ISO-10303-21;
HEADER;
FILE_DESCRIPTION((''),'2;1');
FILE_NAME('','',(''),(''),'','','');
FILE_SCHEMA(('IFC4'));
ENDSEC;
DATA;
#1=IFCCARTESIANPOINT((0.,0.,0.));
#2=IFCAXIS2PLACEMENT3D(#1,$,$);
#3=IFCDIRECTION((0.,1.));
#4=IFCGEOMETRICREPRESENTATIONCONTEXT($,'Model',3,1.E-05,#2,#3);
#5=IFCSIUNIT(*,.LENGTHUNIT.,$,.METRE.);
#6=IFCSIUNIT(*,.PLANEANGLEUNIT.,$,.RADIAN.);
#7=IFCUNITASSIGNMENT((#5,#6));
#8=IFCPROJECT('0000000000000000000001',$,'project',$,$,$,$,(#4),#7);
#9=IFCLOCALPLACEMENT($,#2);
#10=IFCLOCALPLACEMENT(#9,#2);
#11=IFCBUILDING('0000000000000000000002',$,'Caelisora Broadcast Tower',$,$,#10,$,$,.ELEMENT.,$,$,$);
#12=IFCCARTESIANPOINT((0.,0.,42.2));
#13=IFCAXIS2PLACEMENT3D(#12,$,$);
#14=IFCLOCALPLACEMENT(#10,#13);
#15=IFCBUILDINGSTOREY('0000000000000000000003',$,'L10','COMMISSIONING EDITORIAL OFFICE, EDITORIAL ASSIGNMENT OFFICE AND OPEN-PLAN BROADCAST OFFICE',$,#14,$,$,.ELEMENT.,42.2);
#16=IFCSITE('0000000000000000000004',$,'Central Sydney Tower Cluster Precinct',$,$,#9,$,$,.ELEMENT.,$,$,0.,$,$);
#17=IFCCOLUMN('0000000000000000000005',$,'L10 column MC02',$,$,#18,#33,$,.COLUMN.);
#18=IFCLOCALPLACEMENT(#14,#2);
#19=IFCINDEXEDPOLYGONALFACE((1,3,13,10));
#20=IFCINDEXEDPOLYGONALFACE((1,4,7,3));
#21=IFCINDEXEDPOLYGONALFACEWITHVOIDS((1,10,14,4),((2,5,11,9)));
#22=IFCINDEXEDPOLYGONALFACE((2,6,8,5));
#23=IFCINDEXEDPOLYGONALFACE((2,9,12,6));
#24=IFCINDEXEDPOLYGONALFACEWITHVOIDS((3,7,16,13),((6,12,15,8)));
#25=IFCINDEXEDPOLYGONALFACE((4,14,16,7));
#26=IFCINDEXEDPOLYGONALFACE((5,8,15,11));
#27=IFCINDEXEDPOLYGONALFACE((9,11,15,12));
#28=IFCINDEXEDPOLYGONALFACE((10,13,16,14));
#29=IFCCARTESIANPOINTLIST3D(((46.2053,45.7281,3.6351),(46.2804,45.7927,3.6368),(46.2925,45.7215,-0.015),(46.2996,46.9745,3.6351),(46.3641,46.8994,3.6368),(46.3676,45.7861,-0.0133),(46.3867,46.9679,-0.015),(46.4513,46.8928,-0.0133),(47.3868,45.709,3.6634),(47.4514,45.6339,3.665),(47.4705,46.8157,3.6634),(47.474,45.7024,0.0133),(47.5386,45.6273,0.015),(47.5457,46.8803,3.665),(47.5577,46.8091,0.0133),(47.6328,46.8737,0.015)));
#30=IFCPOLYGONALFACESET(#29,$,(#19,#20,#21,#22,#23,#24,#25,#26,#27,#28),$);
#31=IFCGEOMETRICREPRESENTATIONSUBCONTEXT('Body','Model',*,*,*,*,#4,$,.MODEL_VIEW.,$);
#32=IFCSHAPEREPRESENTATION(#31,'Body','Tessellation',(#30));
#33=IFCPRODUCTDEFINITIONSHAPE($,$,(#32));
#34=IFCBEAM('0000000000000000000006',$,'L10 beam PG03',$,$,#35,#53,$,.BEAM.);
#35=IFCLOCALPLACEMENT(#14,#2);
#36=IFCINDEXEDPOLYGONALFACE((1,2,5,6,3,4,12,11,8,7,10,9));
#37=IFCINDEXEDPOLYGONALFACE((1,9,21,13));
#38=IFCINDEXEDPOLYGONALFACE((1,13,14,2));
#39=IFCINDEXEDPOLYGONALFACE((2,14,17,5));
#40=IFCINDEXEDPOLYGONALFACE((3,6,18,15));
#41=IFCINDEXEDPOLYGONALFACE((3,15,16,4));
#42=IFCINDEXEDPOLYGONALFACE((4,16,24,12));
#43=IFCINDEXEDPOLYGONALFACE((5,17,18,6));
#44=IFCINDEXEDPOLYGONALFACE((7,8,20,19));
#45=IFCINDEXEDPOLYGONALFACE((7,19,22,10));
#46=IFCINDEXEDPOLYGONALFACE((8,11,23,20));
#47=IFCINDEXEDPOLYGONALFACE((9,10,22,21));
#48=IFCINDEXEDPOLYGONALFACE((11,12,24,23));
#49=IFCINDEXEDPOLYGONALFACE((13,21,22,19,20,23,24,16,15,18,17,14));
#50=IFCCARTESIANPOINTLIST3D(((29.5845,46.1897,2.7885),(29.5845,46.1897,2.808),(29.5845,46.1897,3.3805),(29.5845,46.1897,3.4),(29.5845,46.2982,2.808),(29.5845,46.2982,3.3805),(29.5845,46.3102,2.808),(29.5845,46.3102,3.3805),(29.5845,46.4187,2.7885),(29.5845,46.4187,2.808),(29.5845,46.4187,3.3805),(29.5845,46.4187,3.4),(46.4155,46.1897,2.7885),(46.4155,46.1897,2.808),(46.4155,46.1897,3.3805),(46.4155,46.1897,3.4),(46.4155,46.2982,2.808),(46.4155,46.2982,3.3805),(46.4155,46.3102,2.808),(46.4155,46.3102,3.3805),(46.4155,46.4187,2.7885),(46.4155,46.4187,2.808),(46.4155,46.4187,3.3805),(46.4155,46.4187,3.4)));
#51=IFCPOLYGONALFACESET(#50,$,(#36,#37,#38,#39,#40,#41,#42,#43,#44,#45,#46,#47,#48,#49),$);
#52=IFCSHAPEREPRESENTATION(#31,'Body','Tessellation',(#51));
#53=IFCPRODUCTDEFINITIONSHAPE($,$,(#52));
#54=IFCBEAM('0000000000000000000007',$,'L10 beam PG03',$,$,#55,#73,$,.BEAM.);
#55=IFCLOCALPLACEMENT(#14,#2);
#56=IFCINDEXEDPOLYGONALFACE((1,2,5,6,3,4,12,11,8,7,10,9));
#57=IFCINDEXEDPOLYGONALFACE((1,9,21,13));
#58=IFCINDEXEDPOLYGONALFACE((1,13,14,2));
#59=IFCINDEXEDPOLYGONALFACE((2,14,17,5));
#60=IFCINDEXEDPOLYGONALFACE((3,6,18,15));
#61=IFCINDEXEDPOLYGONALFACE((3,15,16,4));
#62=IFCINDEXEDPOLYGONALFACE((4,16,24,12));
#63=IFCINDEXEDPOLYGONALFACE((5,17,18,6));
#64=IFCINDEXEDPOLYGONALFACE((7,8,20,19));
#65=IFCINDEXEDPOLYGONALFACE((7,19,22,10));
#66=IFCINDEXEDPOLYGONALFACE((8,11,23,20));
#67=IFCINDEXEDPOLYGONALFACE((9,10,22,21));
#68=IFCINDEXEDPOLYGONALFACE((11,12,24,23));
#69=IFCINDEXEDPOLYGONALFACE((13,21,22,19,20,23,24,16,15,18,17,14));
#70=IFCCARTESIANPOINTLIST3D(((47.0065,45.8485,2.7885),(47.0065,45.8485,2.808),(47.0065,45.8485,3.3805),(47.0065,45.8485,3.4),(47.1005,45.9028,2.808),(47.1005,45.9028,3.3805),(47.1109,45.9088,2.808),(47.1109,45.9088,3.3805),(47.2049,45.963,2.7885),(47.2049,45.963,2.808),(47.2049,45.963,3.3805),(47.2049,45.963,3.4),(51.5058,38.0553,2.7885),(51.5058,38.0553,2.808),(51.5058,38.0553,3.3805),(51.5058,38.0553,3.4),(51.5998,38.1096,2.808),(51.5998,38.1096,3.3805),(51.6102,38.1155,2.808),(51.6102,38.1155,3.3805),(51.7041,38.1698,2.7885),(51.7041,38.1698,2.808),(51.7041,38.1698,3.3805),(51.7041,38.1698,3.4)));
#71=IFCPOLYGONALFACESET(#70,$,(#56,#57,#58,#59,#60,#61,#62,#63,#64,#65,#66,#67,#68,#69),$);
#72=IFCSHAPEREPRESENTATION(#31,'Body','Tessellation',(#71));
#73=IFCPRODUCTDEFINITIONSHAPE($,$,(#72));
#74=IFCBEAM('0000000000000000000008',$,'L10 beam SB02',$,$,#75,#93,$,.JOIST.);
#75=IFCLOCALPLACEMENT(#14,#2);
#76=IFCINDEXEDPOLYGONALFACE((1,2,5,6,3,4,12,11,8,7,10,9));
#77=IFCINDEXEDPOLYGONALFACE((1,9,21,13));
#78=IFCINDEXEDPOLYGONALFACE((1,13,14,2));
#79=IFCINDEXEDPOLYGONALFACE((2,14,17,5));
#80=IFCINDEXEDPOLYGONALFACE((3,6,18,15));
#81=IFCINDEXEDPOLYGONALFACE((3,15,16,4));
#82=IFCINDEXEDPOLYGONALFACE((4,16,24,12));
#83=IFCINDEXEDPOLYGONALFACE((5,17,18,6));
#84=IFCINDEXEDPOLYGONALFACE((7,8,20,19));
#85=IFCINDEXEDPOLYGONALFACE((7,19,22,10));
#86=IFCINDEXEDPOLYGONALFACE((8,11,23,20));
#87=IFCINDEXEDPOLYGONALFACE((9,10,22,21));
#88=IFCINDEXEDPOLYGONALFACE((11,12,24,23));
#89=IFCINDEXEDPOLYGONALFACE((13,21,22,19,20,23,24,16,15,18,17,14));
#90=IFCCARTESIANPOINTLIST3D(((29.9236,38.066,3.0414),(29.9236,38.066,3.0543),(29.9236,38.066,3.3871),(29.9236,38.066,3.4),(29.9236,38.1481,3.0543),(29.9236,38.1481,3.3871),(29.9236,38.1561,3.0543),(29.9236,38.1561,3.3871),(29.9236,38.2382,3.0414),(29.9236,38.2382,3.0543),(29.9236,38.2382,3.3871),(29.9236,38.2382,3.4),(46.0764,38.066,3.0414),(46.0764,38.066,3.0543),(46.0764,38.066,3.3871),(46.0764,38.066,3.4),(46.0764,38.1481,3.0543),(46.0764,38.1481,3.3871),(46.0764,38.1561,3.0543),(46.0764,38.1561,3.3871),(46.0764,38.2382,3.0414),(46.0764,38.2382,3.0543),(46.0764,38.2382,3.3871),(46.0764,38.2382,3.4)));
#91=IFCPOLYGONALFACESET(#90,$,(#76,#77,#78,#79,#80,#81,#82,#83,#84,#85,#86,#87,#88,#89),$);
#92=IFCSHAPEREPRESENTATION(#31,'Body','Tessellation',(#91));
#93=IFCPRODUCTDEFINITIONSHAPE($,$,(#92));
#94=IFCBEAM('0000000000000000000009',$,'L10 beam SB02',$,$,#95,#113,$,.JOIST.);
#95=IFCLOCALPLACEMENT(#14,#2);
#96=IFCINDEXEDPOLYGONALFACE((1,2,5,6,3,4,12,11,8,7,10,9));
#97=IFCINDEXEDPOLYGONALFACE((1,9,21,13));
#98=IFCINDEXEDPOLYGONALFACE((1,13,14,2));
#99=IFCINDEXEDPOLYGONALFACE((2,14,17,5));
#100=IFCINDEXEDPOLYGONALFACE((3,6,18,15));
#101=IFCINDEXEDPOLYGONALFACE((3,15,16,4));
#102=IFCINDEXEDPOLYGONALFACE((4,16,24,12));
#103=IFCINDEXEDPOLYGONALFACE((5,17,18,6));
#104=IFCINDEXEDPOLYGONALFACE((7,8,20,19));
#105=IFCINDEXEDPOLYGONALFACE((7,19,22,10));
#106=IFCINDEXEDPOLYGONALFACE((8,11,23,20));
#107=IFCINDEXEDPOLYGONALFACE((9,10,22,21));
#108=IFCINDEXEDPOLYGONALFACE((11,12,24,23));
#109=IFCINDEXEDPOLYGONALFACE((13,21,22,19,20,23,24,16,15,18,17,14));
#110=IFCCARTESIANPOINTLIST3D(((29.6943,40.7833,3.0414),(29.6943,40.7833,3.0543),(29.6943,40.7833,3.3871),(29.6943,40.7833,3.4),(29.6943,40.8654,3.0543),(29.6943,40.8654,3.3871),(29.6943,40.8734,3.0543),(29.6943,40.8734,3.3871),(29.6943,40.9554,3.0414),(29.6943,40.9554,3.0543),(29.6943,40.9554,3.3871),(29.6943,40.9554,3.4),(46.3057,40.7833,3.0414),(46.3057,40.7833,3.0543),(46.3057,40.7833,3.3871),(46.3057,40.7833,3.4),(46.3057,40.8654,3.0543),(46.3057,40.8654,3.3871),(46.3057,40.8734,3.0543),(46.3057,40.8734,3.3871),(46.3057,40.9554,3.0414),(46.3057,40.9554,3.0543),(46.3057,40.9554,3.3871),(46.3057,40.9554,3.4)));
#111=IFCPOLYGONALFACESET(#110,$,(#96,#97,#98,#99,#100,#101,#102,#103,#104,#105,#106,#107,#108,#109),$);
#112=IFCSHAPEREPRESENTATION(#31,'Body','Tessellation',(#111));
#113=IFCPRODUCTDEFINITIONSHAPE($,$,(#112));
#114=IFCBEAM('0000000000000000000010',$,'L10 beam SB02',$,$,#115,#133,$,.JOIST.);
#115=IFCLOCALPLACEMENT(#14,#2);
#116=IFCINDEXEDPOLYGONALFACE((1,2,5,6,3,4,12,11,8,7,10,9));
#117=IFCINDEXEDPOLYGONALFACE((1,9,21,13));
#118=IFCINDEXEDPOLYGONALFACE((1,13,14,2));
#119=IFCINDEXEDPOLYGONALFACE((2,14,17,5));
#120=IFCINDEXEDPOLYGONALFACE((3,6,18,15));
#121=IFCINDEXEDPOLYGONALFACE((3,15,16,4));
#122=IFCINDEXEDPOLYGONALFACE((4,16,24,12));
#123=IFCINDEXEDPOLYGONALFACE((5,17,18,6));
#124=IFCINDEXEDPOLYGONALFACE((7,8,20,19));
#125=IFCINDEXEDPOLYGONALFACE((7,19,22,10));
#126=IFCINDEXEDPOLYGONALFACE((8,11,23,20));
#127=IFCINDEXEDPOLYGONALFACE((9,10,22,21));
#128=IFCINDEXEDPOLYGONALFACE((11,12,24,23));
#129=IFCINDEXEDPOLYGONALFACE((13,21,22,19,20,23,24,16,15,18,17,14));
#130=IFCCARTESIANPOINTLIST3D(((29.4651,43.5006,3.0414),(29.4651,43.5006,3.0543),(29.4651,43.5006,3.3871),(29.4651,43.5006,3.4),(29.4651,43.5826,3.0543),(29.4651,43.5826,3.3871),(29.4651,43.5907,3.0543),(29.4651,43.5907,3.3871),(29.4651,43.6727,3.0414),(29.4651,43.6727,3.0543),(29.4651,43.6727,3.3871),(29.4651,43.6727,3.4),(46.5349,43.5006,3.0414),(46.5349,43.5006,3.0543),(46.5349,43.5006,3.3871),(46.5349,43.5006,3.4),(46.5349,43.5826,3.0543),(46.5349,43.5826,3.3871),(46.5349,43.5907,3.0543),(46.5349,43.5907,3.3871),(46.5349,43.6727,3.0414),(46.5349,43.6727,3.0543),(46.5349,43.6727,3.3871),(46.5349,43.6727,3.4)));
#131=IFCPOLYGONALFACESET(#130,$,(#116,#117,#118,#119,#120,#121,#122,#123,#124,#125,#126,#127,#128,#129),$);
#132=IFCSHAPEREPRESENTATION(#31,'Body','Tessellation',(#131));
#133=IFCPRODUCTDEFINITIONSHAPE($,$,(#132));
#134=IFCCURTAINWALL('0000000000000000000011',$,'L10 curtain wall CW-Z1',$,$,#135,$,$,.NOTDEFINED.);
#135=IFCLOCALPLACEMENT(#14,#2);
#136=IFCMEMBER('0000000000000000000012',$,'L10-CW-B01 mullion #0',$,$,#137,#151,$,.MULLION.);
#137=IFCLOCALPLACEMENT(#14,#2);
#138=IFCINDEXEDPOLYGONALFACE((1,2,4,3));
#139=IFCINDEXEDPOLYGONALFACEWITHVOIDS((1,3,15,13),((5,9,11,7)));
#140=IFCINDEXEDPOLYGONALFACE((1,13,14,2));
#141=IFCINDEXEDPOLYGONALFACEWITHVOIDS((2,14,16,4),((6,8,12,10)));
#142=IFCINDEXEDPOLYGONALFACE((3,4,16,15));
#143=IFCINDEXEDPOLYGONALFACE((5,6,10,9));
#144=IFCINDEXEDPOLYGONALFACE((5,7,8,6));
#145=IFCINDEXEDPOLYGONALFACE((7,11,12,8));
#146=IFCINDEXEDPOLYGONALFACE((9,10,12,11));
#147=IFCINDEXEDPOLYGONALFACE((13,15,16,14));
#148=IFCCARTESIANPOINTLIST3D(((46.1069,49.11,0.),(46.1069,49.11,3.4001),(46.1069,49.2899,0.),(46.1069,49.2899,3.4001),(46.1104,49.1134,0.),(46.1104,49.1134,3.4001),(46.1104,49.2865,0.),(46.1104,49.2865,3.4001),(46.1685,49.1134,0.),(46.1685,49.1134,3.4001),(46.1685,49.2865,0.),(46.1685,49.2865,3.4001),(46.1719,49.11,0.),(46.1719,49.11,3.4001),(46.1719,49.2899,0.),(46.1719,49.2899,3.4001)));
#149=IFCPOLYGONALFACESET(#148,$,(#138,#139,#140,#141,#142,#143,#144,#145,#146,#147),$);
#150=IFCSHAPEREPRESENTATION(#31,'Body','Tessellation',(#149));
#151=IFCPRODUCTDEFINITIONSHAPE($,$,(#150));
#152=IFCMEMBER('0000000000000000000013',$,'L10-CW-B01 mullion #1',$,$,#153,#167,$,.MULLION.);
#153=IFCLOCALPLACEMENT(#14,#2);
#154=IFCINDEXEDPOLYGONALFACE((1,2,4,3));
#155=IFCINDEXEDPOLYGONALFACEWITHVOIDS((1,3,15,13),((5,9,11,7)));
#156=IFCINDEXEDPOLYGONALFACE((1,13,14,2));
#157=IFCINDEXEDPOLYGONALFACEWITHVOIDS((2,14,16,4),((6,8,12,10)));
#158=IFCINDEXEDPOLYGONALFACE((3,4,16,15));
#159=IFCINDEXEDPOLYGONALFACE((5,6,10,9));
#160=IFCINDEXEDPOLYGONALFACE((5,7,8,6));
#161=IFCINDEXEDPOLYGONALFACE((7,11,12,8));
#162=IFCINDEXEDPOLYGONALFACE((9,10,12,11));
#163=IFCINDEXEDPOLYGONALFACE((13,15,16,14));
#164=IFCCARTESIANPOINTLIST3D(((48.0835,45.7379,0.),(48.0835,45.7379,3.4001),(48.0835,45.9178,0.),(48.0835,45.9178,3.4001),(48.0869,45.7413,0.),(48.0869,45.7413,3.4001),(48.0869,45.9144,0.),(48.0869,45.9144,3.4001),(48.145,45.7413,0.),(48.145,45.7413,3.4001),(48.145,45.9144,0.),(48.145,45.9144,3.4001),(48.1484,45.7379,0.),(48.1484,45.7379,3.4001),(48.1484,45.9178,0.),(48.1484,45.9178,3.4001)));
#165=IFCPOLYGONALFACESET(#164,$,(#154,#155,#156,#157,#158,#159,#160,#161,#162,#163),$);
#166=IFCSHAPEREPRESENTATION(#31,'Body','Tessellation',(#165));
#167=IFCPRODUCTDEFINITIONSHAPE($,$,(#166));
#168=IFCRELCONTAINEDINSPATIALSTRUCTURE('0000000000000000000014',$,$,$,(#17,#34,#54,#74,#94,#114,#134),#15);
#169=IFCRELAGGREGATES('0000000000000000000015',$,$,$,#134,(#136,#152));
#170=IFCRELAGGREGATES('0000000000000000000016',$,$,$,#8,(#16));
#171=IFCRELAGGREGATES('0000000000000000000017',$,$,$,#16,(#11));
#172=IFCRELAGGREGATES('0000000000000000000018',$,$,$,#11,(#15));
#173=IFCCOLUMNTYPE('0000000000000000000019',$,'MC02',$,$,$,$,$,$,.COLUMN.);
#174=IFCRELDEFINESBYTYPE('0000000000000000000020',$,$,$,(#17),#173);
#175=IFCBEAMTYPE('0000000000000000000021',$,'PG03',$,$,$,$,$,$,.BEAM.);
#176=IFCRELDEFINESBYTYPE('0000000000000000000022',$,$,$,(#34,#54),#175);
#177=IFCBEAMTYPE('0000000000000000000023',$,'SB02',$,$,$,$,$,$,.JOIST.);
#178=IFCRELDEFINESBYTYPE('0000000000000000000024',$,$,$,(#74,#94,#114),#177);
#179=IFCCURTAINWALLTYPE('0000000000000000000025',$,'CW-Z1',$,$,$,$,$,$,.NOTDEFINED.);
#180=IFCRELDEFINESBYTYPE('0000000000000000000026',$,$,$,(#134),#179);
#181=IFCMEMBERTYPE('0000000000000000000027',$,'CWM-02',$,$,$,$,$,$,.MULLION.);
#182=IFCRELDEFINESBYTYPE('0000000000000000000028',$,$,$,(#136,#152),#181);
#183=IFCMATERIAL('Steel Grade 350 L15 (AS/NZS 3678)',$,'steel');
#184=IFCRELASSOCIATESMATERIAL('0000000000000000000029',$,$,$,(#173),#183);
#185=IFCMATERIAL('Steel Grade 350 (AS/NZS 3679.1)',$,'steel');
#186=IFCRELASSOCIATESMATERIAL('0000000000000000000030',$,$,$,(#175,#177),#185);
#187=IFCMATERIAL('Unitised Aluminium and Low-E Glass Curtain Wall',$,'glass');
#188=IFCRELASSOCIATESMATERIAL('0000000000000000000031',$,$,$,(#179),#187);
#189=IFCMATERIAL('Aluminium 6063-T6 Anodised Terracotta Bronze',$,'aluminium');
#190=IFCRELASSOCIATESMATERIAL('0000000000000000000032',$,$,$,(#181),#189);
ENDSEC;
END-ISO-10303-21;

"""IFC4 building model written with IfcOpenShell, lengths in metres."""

from ifc_helpers import new_model, si_unit, direction, frame, origin, origin_2d, place, context, subcontext, project, spatial, hollow_rectangle, i_section, extrude, source, transform, mapped, material, material_profile, profile_set, type_object, type_shapes, element, aggregate, save


model = new_model("IFC4")

# Units and contexts
model_context = context("Model", 3, precision=1e-05, world=origin(), true_north=direction((0.0, 1.0)))
body_context = subcontext(model_context, "Body", "Model", "MODEL_VIEW")
ifc_project = project(units=[si_unit("LENGTHUNIT", "METRE"), si_unit("PLANEANGLEUNIT", "RADIAN")], contexts=[model_context])

# Site, building, storey
site_placement = place(None, origin())
site = spatial("IfcSite", under=ifc_project, at=site_placement, Name="Central Sydney Tower Cluster Precinct", CompositionType="ELEMENT", RefElevation=0.0)
building_placement = place(site_placement, origin())
building = spatial("IfcBuilding", under=site, at=building_placement, Name="Caelisora Broadcast Tower", CompositionType="ELEMENT")
storey_placement = place(building_placement, frame((0.0, 0.0, 42.2)))
storey = spatial("IfcBuildingStorey", under=building, at=storey_placement, Name="L10", Description="COMMISSIONING EDITORIAL OFFICE, EDITORIAL ASSIGNMENT OFFICE AND OPEN-PLAN BROADCAST OFFICE", CompositionType="ELEMENT", Elevation=42.2)

# Column
ifc_material_1 = material(Name="Steel Grade 350 L15 (AS/NZS 3678)", Category="steel")
ifc_material_profile_1 = material_profile(ifc_material_1, hollow_rectangle(XDim=1.25, YDim=1.25, WallThickness=0.0701, at=origin_2d()), Name="Steel Grade 350 L15 (AS/NZS 3678)")
ifc_profile_set_1 = profile_set([ifc_material_profile_1], Name="Steel Grade 350 L15 (AS/NZS 3678)")
column_type = type_object("IfcColumnType", Name="MC02", PredefinedType="COLUMN", material=ifc_profile_set_1)
shared_shape_1 = source(origin(), body_context, "Body", "SweptSolid", [
    extrude(hollow_rectangle(XDim=1.25, YDim=1.25, WallThickness=0.0701, at=origin_2d()), origin(), (0.0, 0.0, 1.0), 3.6511),
])
type_shapes(column_type, [shared_shape_1])
column_placement = place(storey_placement, frame((46.9626, 46.2976, 0.0), z_axis=(-0.023871, 0.001805, 0.999713), x_axis=(-0.075415, -0.997152, 0.0)))
element("IfcColumn", 1, at=column_placement, inside=storey, type_object=column_type, Name="L10 column MC02", PredefinedType="COLUMN", context=body_context, shape_type="MappedRepresentation", body=[
    mapped(shared_shape_1, transform((0.0, 0.0, 0.0), scale=1.0)),
])

# Beams
ifc_material_2 = material(Name="Steel Grade 350 (AS/NZS 3679.1)", Category="steel")
ifc_material_profile_2 = material_profile(ifc_material_2, i_section(OverallWidth=0.229, OverallDepth=0.6116, WebThickness=0.012, FlangeThickness=0.0195, at=origin_2d()), Name="Steel Grade 350 (AS/NZS 3679.1)")
ifc_profile_set_2 = profile_set([ifc_material_profile_2], Name="Steel Grade 350 (AS/NZS 3679.1)")
beam_type_1 = type_object("IfcBeamType", Name="PG03", PredefinedType="BEAM", material=ifc_profile_set_2)
shared_shape_2 = source(origin(), body_context, "Body", "SweptSolid", [
    extrude(i_section(OverallWidth=0.229, OverallDepth=0.6116, WebThickness=0.012, FlangeThickness=0.0195, at=origin_2d()), origin(), (0.0, 0.0, 1.0), 16.8311),
])
beam_1_placement = place(storey_placement, frame((46.4155, 46.3042, 3.0942), z_axis=(-1.0, 0.0, 0.0), x_axis=(0.0, -1.0, 0.0)))
element("IfcBeam", 2, at=beam_1_placement, inside=storey, type_object=beam_type_1, Name="L10 beam PG03", PredefinedType="BEAM", context=body_context, shape_type="MappedRepresentation", body=[
    mapped(shared_shape_2, transform((0.0, 0.0, 0.0), scale=1.0)),
])
shared_shape_3 = source(origin(), body_context, "Body", "SweptSolid", [
    extrude(i_section(OverallWidth=0.229, OverallDepth=0.6116, WebThickness=0.012, FlangeThickness=0.0195, at=origin_2d()), origin(), (0.0, 0.0, 1.0), 8.9988),
])
type_shapes(beam_type_1, [shared_shape_2, shared_shape_3])
beam_2_placement = place(storey_placement, frame((51.605, 38.1125, 3.0942), z_axis=(-0.499988, 0.866032, 0.0), x_axis=(-0.866032, -0.499988, 0.0)))
element("IfcBeam", 3, at=beam_2_placement, inside=storey, type_object=beam_type_1, Name="L10 beam PG03", PredefinedType="BEAM", context=body_context, shape_type="MappedRepresentation", body=[
    mapped(shared_shape_3, transform((0.0, 0.0, 0.0), scale=1.0)),
])
ifc_material_profile_3 = material_profile(ifc_material_2, i_section(OverallWidth=0.1721, OverallDepth=0.3586, WebThickness=0.0081, FlangeThickness=0.0129, at=origin_2d()), Name="Steel Grade 350 (AS/NZS 3679.1)")
ifc_profile_set_3 = profile_set([ifc_material_profile_3], Name="Steel Grade 350 (AS/NZS 3679.1)")
beam_type_2 = type_object("IfcBeamType", Name="SB02", PredefinedType="JOIST", material=ifc_profile_set_3)
shared_shape_4 = source(origin(), body_context, "Body", "SweptSolid", [
    extrude(i_section(OverallWidth=0.1721, OverallDepth=0.3586, WebThickness=0.0081, FlangeThickness=0.0129, at=origin_2d()), origin(), (0.0, 0.0, 1.0), 16.1528),
])
beam_3_placement = place(storey_placement, frame((46.0764, 38.1521, 3.2207), z_axis=(-1.0, 0.0, 0.0), x_axis=(0.0, -1.0, 0.0)))
element("IfcBeam", 4, at=beam_3_placement, inside=storey, type_object=beam_type_2, Name="L10 beam SB02", PredefinedType="JOIST", context=body_context, shape_type="MappedRepresentation", body=[
    mapped(shared_shape_4, transform((0.0, 0.0, 0.0), scale=1.0)),
])
shared_shape_5 = source(origin(), body_context, "Body", "SweptSolid", [
    extrude(i_section(OverallWidth=0.1721, OverallDepth=0.3586, WebThickness=0.0081, FlangeThickness=0.0129, at=origin_2d()), origin(), (0.0, 0.0, 1.0), 16.6113),
])
beam_4_placement = place(storey_placement, frame((46.3057, 40.8694, 3.2207), z_axis=(-1.0, 0.0, 0.0), x_axis=(0.0, -1.0, 0.0)))
element("IfcBeam", 5, at=beam_4_placement, inside=storey, type_object=beam_type_2, Name="L10 beam SB02", PredefinedType="JOIST", context=body_context, shape_type="MappedRepresentation", body=[
    mapped(shared_shape_5, transform((0.0, 0.0, 0.0), scale=1.0)),
])
shared_shape_6 = source(origin(), body_context, "Body", "SweptSolid", [
    extrude(i_section(OverallWidth=0.1721, OverallDepth=0.3586, WebThickness=0.0081, FlangeThickness=0.0129, at=origin_2d()), origin(), (0.0, 0.0, 1.0), 17.0698),
])
type_shapes(beam_type_2, [shared_shape_4, shared_shape_5, shared_shape_6])
beam_5_placement = place(storey_placement, frame((46.5349, 43.5867, 3.2207), z_axis=(-1.0, 0.0, 0.0), x_axis=(0.0, -1.0, 0.0)))
element("IfcBeam", 6, at=beam_5_placement, inside=storey, type_object=beam_type_2, Name="L10 beam SB02", PredefinedType="JOIST", context=body_context, shape_type="MappedRepresentation", body=[
    mapped(shared_shape_6, transform((0.0, 0.0, 0.0), scale=1.0)),
])

# Curtain wall, members
ifc_material_3 = material(Name="Unitised Aluminium and Low-E Glass Curtain Wall", Category="glass")
curtain_wall_type_1 = type_object("IfcCurtainWallType", Name="CW-Z1", PredefinedType="NOTDEFINED", material=ifc_material_3)
curtain_wall_1_placement = place(storey_placement, origin())
curtain_wall_1 = element("IfcCurtainWall", 7, at=curtain_wall_1_placement, inside=storey, type_object=curtain_wall_type_1, Name="L10 curtain wall CW-Z1", PredefinedType="NOTDEFINED")
ifc_material_4 = material(Name="Aluminium 6063-T6 Anodised Terracotta Bronze", Category="aluminium")
ifc_material_profile_4 = material_profile(ifc_material_4, hollow_rectangle(XDim=0.0649, YDim=0.1799, WallThickness=0.0034, at=origin_2d()), Name="Aluminium 6063-T6 Anodised Terracotta Bronze")
ifc_profile_set_4 = profile_set([ifc_material_profile_4], Name="Aluminium 6063-T6 Anodised Terracotta Bronze")
member_type_1 = type_object("IfcMemberType", Name="CWM-02", PredefinedType="MULLION", material=ifc_profile_set_4)
shared_shape_7 = source(origin(), body_context, "Body", "SweptSolid", [
    extrude(hollow_rectangle(XDim=0.0649, YDim=0.1799, WallThickness=0.0034, at=origin_2d()), origin(), (0.0, 0.0, 1.0), 3.4001),
])
type_shapes(member_type_1, [shared_shape_7])
member_1_placement = place(storey_placement, frame((46.1394, 49.2, 0.0), z_axis=(0.0, 0.0, 1.0), x_axis=(1.0, 0.0, 0.0)))
member_1 = element("IfcMember", 8, at=member_1_placement, type_object=member_type_1, Name="L10-CW-B01 mullion #0", PredefinedType="MULLION", context=body_context, shape_type="MappedRepresentation", body=[
    mapped(shared_shape_7, transform((0.0, 0.0, 0.0), scale=1.0)),
])
member_2_placement = place(storey_placement, frame((48.116, 45.8279, 0.0), z_axis=(0.0, 0.0, 1.0), x_axis=(1.0, 0.0, 0.0)))
member_2 = element("IfcMember", 9, at=member_2_placement, type_object=member_type_1, Name="L10-CW-B01 mullion #1", PredefinedType="MULLION", context=body_context, shape_type="MappedRepresentation", body=[
    mapped(shared_shape_7, transform((0.0, 0.0, 0.0), scale=1.0)),
])

aggregate(curtain_wall_1, [member_1, member_2])

save(model, "model.ifc")
